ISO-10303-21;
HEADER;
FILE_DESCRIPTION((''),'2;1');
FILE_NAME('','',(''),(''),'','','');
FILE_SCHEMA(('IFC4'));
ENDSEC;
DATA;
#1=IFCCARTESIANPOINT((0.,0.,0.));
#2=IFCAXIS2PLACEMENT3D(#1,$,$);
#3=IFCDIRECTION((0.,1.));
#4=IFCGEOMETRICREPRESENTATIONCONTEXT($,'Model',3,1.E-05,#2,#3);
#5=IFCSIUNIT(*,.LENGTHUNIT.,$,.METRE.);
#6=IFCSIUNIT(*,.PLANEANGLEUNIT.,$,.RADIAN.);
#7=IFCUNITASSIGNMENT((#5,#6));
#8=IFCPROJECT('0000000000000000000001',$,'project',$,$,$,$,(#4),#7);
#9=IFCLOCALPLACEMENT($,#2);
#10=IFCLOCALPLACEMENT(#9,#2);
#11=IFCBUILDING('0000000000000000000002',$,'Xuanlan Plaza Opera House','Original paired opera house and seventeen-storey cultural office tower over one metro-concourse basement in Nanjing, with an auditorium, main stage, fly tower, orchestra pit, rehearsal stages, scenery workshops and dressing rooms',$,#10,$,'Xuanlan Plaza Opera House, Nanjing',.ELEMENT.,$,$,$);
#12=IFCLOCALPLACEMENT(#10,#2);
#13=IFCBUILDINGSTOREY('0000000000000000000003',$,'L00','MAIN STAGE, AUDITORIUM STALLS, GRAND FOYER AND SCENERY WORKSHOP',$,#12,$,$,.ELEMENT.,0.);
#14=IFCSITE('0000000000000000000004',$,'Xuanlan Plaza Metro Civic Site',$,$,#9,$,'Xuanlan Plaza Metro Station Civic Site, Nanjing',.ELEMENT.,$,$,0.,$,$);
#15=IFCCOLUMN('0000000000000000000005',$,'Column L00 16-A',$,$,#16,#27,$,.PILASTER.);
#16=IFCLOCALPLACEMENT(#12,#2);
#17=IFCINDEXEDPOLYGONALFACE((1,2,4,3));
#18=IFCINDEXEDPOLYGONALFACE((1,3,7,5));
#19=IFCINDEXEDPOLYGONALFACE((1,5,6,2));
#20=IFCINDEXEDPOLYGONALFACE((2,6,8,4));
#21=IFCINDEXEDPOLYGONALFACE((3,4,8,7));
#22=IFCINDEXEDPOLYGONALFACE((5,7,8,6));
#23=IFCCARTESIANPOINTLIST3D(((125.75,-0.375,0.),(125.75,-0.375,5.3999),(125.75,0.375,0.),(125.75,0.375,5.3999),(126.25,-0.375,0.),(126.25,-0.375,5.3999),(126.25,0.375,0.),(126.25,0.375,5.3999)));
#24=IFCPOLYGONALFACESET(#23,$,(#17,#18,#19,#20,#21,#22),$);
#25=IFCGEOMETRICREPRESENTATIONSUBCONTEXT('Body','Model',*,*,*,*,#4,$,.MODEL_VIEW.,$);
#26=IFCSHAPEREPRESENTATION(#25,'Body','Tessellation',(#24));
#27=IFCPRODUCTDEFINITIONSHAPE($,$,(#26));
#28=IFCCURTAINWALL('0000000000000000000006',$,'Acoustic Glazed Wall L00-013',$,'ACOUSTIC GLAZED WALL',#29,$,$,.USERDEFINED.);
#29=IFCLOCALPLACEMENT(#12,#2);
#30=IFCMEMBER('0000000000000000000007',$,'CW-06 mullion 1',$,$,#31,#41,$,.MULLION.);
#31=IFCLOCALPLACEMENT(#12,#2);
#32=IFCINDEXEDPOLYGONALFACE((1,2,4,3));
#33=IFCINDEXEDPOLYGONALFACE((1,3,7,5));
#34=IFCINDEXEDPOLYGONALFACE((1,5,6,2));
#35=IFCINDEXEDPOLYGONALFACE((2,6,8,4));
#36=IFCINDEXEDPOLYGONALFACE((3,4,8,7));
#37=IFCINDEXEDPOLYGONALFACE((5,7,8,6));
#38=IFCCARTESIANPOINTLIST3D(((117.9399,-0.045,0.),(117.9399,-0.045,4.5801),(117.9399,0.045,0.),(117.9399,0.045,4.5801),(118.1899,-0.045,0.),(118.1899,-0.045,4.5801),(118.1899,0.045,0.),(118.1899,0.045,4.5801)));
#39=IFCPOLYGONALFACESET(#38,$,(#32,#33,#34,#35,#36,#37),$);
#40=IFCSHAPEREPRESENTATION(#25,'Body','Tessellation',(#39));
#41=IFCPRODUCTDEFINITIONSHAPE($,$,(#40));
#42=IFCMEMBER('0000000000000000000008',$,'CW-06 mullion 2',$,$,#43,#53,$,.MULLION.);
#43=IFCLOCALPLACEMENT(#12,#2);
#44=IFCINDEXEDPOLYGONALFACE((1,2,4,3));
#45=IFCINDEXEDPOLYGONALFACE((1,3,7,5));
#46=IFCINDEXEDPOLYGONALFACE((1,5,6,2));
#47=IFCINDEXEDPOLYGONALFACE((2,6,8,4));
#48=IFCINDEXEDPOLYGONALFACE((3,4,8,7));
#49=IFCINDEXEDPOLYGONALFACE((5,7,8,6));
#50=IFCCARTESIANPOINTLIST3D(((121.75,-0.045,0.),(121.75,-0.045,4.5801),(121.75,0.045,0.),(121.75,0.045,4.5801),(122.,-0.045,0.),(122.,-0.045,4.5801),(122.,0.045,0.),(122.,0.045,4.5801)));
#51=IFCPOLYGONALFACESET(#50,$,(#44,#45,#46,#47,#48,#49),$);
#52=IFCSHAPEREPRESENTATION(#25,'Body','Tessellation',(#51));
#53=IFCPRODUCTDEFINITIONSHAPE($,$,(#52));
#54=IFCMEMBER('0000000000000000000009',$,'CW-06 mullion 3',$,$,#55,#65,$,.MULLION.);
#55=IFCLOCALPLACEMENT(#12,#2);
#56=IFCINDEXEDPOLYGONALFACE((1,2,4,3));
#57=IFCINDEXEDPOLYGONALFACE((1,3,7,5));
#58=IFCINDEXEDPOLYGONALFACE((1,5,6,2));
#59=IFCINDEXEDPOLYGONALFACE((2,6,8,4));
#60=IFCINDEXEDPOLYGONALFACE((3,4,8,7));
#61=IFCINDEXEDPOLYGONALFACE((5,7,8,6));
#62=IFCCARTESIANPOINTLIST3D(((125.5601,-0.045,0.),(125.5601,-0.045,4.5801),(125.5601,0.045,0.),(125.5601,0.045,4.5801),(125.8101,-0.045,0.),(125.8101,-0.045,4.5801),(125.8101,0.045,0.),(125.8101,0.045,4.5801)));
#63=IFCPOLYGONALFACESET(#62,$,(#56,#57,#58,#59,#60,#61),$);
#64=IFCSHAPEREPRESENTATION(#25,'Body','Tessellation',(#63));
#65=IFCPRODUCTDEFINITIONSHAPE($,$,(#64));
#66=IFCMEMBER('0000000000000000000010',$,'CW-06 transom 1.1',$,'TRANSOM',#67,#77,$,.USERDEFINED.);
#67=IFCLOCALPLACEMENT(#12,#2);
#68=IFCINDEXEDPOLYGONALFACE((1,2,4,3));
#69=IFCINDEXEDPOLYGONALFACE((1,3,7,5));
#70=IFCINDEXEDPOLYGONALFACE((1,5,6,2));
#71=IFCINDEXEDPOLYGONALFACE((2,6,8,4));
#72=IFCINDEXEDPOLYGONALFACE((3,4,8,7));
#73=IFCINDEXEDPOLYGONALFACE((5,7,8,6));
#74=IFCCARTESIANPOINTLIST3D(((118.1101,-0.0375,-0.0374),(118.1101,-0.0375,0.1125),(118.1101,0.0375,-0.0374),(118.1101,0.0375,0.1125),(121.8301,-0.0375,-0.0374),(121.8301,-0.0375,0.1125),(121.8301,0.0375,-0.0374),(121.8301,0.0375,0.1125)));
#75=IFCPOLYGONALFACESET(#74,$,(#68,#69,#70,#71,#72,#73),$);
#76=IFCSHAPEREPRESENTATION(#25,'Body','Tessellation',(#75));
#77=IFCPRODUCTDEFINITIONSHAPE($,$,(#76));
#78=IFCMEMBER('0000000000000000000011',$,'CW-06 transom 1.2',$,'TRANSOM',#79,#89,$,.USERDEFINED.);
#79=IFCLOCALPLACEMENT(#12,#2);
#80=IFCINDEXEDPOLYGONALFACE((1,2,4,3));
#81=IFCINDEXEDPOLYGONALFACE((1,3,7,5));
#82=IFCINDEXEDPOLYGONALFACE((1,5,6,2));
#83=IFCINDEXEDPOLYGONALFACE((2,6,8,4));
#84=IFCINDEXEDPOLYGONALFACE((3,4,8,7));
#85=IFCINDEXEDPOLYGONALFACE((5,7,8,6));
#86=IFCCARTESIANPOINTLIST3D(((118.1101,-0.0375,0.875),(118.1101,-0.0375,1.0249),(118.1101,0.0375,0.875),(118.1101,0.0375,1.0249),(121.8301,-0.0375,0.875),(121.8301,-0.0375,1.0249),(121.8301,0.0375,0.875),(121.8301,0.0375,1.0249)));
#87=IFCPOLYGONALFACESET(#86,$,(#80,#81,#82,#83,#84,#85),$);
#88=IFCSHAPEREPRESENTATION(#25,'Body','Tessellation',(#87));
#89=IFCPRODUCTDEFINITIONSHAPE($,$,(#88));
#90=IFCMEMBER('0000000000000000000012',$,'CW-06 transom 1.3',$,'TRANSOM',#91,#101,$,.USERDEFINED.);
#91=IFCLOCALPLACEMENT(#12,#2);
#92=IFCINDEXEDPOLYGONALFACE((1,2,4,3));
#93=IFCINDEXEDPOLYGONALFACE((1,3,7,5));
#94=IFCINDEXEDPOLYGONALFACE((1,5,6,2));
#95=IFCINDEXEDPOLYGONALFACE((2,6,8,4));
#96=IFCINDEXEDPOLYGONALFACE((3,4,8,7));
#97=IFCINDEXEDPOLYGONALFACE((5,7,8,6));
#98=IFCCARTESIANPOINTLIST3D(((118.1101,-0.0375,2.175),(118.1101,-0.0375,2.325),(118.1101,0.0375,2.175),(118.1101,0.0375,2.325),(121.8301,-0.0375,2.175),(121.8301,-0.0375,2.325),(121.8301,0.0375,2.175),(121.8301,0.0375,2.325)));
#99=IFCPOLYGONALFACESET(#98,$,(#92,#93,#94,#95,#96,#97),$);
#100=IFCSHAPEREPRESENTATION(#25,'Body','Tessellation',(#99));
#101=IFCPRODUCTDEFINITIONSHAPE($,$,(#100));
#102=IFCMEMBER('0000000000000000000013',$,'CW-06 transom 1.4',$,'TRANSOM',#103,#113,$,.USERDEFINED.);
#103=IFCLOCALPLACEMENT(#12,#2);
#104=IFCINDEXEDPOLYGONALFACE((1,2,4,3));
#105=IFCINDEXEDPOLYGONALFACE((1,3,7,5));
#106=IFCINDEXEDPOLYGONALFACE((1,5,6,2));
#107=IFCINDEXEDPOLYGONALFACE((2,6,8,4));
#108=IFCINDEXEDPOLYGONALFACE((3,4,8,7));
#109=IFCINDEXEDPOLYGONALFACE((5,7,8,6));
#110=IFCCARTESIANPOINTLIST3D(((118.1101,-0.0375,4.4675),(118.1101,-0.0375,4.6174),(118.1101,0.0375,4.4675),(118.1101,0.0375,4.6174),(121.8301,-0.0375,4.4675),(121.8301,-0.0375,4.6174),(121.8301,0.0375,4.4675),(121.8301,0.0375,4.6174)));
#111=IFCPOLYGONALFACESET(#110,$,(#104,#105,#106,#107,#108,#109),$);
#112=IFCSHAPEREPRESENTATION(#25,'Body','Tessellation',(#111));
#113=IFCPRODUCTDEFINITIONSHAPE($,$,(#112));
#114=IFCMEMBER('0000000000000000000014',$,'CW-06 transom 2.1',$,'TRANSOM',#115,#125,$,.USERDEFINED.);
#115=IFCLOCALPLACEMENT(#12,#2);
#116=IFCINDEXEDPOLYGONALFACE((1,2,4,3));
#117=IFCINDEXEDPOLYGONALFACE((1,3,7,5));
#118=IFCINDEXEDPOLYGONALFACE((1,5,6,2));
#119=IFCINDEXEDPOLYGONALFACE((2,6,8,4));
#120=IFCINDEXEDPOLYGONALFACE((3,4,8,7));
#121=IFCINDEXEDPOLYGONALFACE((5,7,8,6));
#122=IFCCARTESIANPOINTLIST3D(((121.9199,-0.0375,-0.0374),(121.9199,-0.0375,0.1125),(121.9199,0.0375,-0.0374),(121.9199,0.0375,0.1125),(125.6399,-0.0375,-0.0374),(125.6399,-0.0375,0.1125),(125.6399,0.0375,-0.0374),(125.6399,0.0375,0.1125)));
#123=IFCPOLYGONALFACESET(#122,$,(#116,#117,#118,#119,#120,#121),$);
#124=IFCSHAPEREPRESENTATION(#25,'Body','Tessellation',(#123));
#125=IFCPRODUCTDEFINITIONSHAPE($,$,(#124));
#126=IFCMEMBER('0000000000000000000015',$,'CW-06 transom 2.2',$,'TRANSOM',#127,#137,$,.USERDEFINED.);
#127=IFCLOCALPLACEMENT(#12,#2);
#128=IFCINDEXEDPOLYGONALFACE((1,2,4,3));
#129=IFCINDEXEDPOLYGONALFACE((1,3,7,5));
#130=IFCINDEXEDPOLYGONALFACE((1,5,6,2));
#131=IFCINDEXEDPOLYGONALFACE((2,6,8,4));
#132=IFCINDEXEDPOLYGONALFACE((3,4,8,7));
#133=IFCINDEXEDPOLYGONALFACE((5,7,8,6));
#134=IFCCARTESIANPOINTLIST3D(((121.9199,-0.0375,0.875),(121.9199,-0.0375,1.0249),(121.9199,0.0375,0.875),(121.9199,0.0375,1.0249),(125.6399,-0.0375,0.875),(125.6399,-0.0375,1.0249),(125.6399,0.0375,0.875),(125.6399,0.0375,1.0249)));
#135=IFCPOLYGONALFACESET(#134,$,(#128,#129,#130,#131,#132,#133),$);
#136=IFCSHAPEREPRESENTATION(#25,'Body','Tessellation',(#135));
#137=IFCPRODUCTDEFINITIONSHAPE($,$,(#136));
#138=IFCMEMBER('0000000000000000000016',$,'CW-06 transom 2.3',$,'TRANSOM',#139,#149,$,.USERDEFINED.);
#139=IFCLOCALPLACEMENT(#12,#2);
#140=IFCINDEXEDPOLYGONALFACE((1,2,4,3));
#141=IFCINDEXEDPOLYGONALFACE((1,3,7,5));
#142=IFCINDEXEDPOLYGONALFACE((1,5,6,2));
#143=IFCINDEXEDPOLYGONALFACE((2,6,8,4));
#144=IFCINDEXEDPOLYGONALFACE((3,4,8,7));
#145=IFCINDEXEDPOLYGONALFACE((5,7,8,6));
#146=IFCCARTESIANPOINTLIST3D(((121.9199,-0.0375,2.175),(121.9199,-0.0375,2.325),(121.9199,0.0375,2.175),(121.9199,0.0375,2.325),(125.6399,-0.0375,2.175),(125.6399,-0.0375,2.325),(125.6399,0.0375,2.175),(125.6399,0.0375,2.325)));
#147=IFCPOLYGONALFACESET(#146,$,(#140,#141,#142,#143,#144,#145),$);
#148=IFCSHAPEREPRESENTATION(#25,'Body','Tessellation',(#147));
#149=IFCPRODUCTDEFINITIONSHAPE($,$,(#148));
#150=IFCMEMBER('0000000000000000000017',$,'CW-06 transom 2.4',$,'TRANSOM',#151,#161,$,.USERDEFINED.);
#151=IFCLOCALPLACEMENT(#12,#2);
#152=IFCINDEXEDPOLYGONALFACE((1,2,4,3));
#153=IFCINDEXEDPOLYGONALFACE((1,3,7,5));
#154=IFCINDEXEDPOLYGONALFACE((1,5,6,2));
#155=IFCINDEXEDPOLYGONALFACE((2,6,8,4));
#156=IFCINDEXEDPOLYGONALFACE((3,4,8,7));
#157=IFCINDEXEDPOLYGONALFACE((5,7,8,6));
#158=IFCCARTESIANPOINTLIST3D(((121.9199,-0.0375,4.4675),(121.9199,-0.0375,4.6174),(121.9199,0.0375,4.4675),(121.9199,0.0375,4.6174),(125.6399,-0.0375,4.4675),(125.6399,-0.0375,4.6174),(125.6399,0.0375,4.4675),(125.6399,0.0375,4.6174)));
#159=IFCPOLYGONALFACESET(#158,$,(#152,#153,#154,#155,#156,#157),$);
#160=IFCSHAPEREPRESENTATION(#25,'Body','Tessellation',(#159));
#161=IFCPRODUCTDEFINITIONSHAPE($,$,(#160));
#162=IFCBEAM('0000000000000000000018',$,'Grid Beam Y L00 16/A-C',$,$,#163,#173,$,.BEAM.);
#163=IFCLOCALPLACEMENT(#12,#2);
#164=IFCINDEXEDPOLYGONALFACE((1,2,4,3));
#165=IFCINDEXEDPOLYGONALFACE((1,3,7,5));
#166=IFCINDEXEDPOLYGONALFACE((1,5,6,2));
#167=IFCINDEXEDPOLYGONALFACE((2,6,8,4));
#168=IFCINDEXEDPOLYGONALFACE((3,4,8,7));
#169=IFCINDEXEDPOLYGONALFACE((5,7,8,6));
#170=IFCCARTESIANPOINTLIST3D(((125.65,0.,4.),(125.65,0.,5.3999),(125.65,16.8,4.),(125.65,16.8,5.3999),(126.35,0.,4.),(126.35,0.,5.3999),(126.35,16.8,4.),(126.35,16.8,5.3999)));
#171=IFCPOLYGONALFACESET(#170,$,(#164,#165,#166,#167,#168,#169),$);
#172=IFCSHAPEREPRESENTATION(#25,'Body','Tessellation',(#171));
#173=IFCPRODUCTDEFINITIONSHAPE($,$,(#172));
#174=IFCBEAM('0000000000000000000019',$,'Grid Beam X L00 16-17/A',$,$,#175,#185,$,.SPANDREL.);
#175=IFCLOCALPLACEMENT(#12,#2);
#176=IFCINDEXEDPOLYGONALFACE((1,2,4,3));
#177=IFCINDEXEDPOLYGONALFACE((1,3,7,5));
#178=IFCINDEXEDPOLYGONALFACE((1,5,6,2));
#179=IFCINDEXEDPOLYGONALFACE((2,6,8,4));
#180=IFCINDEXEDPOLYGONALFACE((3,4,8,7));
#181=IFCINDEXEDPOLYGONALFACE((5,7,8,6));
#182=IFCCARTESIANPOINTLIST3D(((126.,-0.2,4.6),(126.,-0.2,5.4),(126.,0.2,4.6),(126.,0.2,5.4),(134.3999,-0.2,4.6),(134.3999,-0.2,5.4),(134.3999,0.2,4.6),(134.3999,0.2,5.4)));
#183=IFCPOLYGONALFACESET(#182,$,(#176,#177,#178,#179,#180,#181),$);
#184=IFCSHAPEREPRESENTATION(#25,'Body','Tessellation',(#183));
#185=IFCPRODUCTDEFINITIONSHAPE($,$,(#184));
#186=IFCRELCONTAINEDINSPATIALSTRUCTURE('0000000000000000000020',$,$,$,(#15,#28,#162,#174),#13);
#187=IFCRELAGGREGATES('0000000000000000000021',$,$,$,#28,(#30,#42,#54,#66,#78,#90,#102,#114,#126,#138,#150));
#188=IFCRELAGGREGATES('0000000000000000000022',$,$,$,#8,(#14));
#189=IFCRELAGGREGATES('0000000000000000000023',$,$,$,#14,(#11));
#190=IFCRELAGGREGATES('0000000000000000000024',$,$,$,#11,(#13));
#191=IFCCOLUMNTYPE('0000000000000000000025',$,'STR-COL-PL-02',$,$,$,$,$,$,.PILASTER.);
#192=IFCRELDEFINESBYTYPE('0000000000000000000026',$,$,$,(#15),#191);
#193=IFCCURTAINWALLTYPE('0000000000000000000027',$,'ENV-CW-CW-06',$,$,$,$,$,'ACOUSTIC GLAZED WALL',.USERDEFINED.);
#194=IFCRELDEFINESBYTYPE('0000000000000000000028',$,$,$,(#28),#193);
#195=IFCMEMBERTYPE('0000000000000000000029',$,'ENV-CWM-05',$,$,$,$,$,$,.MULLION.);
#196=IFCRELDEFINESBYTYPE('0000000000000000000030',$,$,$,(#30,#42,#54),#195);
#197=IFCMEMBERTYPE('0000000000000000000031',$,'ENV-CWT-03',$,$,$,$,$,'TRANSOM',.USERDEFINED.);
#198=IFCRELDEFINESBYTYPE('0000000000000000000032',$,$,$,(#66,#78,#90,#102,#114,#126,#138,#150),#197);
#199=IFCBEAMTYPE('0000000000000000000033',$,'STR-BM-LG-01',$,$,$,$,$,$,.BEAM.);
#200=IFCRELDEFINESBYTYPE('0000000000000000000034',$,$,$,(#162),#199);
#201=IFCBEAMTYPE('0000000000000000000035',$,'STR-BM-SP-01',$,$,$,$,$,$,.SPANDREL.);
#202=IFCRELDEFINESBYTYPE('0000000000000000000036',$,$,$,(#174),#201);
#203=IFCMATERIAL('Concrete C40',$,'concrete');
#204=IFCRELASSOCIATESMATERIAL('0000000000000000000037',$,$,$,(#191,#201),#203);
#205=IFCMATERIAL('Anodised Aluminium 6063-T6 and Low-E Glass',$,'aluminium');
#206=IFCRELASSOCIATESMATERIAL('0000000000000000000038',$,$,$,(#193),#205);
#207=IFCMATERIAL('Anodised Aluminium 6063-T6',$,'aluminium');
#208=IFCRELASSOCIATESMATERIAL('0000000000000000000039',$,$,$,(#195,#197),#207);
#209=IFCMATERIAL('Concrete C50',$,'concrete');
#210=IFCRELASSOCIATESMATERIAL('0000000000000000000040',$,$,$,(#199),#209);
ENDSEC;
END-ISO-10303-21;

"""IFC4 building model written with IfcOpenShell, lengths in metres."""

from ifc_helpers import new_model, si_unit, direction, frame, origin, origin_2d, place, context, subcontext, project, spatial, rectangle, extrude, material, material_profile, profile_set, type_object, element, aggregate, save


model = new_model("IFC4")

# Units and contexts
model_context = context("Model", 3, precision=1e-05, world=origin(), true_north=direction((0.0, 1.0)))
body_context = subcontext(model_context, "Body", "Model", "MODEL_VIEW")
ifc_project = project(units=[si_unit("LENGTHUNIT", "METRE"), si_unit("PLANEANGLEUNIT", "RADIAN")], contexts=[model_context])

# Site, building, storey
site_placement = place(None, origin())
site = spatial("IfcSite", under=ifc_project, at=site_placement, Name="Xuanlan Plaza Metro Civic Site", LongName="Xuanlan Plaza Metro Station Civic Site, Nanjing", CompositionType="ELEMENT", RefElevation=0.0)
building_placement = place(site_placement, origin())
building = spatial("IfcBuilding", under=site, at=building_placement, Name="Xuanlan Plaza Opera House", Description="Original paired opera house and seventeen-storey cultural office tower over one metro-concourse basement in Nanjing, with an auditorium, main stage, fly tower, orchestra pit, rehearsal stages, scenery workshops and dressing rooms", LongName="Xuanlan Plaza Opera House, Nanjing", CompositionType="ELEMENT")
storey_placement = place(building_placement, origin())
storey = spatial("IfcBuildingStorey", under=building, at=storey_placement, Name="L00", Description="MAIN STAGE, AUDITORIUM STALLS, GRAND FOYER AND SCENERY WORKSHOP", CompositionType="ELEMENT", Elevation=0.0)

# Column
ifc_material_1 = material(Name="Concrete C40", Category="concrete")
ifc_material_profile_1 = material_profile(ifc_material_1, rectangle(XDim=0.5, YDim=0.75, at=origin_2d()), Name="RC-PIL 500x750")
ifc_profile_set_1 = profile_set([ifc_material_profile_1], Name="Concrete C40")
column_type = type_object("IfcColumnType", Name="STR-COL-PL-02", PredefinedType="PILASTER", material=ifc_profile_set_1)
column_placement = place(storey_placement, frame((126.0, 0.0, 0.0), z_axis=(0.0, 0.0, 1.0), x_axis=(1.0, 0.0, 0.0)))
element("IfcColumn", 1, at=column_placement, inside=storey, type_object=column_type, Name="Column L00 16-A", PredefinedType="PILASTER", context=body_context, shape_type="SweptSolid", body=[
    extrude(rectangle(XDim=0.5, YDim=0.75, at=origin_2d()), origin(), (0.0, 0.0, 1.0), 5.3999),
])

# Curtain wall, members
ifc_material_2 = material(Name="Anodised Aluminium 6063-T6 and Low-E Glass", Category="aluminium")
curtain_wall_type = type_object("IfcCurtainWallType", Name="ENV-CW-CW-06", ElementType="ACOUSTIC GLAZED WALL", PredefinedType="USERDEFINED", material=ifc_material_2)
curtain_wall_placement = place(storey_placement, origin())
curtain_wall = element("IfcCurtainWall", 2, at=curtain_wall_placement, inside=storey, type_object=curtain_wall_type, Name="Acoustic Glazed Wall L00-013", ObjectType="ACOUSTIC GLAZED WALL", PredefinedType="USERDEFINED")
ifc_material_3 = material(Name="Anodised Aluminium 6063-T6", Category="aluminium")
ifc_material_profile_2 = material_profile(ifc_material_3, rectangle(XDim=0.0901, YDim=0.25, at=origin_2d()), Name="ALU-M 90x250")
ifc_profile_set_2 = profile_set([ifc_material_profile_2], Name="Anodised Aluminium 6063-T6")
member_type_1 = type_object("IfcMemberType", Name="ENV-CWM-05", PredefinedType="MULLION", material=ifc_profile_set_2)
member_1_placement = place(storey_placement, frame((118.0649, 0.0, 0.0), z_axis=(0.0, 0.0, 1.0), x_axis=(0.0, 1.0, 0.0)))
member_1 = element("IfcMember", 3, at=member_1_placement, type_object=member_type_1, Name="CW-06 mullion 1", PredefinedType="MULLION", context=body_context, shape_type="SweptSolid", body=[
    extrude(rectangle(XDim=0.0901, YDim=0.25, at=origin_2d()), origin(), (0.0, 0.0, 1.0), 4.5801),
])
member_2_placement = place(storey_placement, frame((121.875, 0.0, 0.0), z_axis=(0.0, 0.0, 1.0), x_axis=(0.0, 1.0, 0.0)))
member_2 = element("IfcMember", 4, at=member_2_placement, type_object=member_type_1, Name="CW-06 mullion 2", PredefinedType="MULLION", context=body_context, shape_type="SweptSolid", body=[
    extrude(rectangle(XDim=0.0901, YDim=0.25, at=origin_2d()), origin(), (0.0, 0.0, 1.0), 4.5801),
])
member_3_placement = place(storey_placement, frame((125.6851, 0.0, 0.0), z_axis=(0.0, 0.0, 1.0), x_axis=(0.0, 1.0, 0.0)))
member_3 = element("IfcMember", 5, at=member_3_placement, type_object=member_type_1, Name="CW-06 mullion 3", PredefinedType="MULLION", context=body_context, shape_type="SweptSolid", body=[
    extrude(rectangle(XDim=0.0901, YDim=0.25, at=origin_2d()), origin(), (0.0, 0.0, 1.0), 4.5801),
])
ifc_material_profile_3 = material_profile(ifc_material_3, rectangle(XDim=0.075, YDim=0.1499, at=origin_2d()), Name="ALU-T 75x150")
ifc_profile_set_3 = profile_set([ifc_material_profile_3], Name="Anodised Aluminium 6063-T6")
member_type_2 = type_object("IfcMemberType", Name="ENV-CWT-03", ElementType="TRANSOM", PredefinedType="USERDEFINED", material=ifc_profile_set_3)
member_4_placement = place(storey_placement, frame((118.1101, 0.0, 0.0376), z_axis=(1.0, 0.0, 0.0), x_axis=(0.0, 1.0, 0.0)))
member_4 = element("IfcMember", 6, at=member_4_placement, type_object=member_type_2, Name="CW-06 transom 1.1", ObjectType="TRANSOM", PredefinedType="USERDEFINED", context=body_context, shape_type="SweptSolid", body=[
    extrude(rectangle(XDim=0.075, YDim=0.1499, at=origin_2d()), origin(), (0.0, 0.0, 1.0), 3.72),
])
member_5_placement = place(storey_placement, frame((118.1101, 0.0, 0.95), z_axis=(1.0, 0.0, 0.0), x_axis=(0.0, 1.0, 0.0)))
member_5 = element("IfcMember", 7, at=member_5_placement, type_object=member_type_2, Name="CW-06 transom 1.2", ObjectType="TRANSOM", PredefinedType="USERDEFINED", context=body_context, shape_type="SweptSolid", body=[
    extrude(rectangle(XDim=0.075, YDim=0.1499, at=origin_2d()), origin(), (0.0, 0.0, 1.0), 3.72),
])
member_6_placement = place(storey_placement, frame((118.1101, 0.0, 2.25), z_axis=(1.0, 0.0, 0.0), x_axis=(0.0, 1.0, 0.0)))
member_6 = element("IfcMember", 8, at=member_6_placement, type_object=member_type_2, Name="CW-06 transom 1.3", ObjectType="TRANSOM", PredefinedType="USERDEFINED", context=body_context, shape_type="SweptSolid", body=[
    extrude(rectangle(XDim=0.075, YDim=0.1499, at=origin_2d()), origin(), (0.0, 0.0, 1.0), 3.72),
])
member_7_placement = place(storey_placement, frame((118.1101, 0.0, 4.5425), z_axis=(1.0, 0.0, 0.0), x_axis=(0.0, 1.0, 0.0)))
member_7 = element("IfcMember", 9, at=member_7_placement, type_object=member_type_2, Name="CW-06 transom 1.4", ObjectType="TRANSOM", PredefinedType="USERDEFINED", context=body_context, shape_type="SweptSolid", body=[
    extrude(rectangle(XDim=0.075, YDim=0.1499, at=origin_2d()), origin(), (0.0, 0.0, 1.0), 3.72),
])
member_8_placement = place(storey_placement, frame((121.9199, 0.0, 0.0376), z_axis=(1.0, 0.0, 0.0), x_axis=(0.0, 1.0, 0.0)))
member_8 = element("IfcMember", 10, at=member_8_placement, type_object=member_type_2, Name="CW-06 transom 2.1", ObjectType="TRANSOM", PredefinedType="USERDEFINED", context=body_context, shape_type="SweptSolid", body=[
    extrude(rectangle(XDim=0.075, YDim=0.1499, at=origin_2d()), origin(), (0.0, 0.0, 1.0), 3.72),
])
member_9_placement = place(storey_placement, frame((121.9199, 0.0, 0.95), z_axis=(1.0, 0.0, 0.0), x_axis=(0.0, 1.0, 0.0)))
member_9 = element("IfcMember", 11, at=member_9_placement, type_object=member_type_2, Name="CW-06 transom 2.2", ObjectType="TRANSOM", PredefinedType="USERDEFINED", context=body_context, shape_type="SweptSolid", body=[
    extrude(rectangle(XDim=0.075, YDim=0.1499, at=origin_2d()), origin(), (0.0, 0.0, 1.0), 3.72),
])
member_10_placement = place(storey_placement, frame((121.9199, 0.0, 2.25), z_axis=(1.0, 0.0, 0.0), x_axis=(0.0, 1.0, 0.0)))
member_10 = element("IfcMember", 12, at=member_10_placement, type_object=member_type_2, Name="CW-06 transom 2.3", ObjectType="TRANSOM", PredefinedType="USERDEFINED", context=body_context, shape_type="SweptSolid", body=[
    extrude(rectangle(XDim=0.075, YDim=0.1499, at=origin_2d()), origin(), (0.0, 0.0, 1.0), 3.72),
])
member_11_placement = place(storey_placement, frame((121.9199, 0.0, 4.5425), z_axis=(1.0, 0.0, 0.0), x_axis=(0.0, 1.0, 0.0)))
member_11 = element("IfcMember", 13, at=member_11_placement, type_object=member_type_2, Name="CW-06 transom 2.4", ObjectType="TRANSOM", PredefinedType="USERDEFINED", context=body_context, shape_type="SweptSolid", body=[
    extrude(rectangle(XDim=0.075, YDim=0.1499, at=origin_2d()), origin(), (0.0, 0.0, 1.0), 3.72),
])

# Beams
ifc_material_4 = material(Name="Concrete C50", Category="concrete")
ifc_material_profile_4 = material_profile(ifc_material_4, rectangle(XDim=0.7, YDim=1.3999, at=origin_2d()), Name="RC-LG 700x1400")
ifc_profile_set_4 = profile_set([ifc_material_profile_4], Name="Concrete C50")
beam_type_1 = type_object("IfcBeamType", Name="STR-BM-LG-01", PredefinedType="BEAM", material=ifc_profile_set_4)
beam_1_placement = place(storey_placement, frame((126.0, 0.0, 4.7), z_axis=(0.0, 1.0, 0.0), x_axis=(-1.0, 0.0, 0.0)))
element("IfcBeam", 14, at=beam_1_placement, inside=storey, type_object=beam_type_1, Name="Grid Beam Y L00 16/A-C", PredefinedType="BEAM", context=body_context, shape_type="SweptSolid", body=[
    extrude(rectangle(XDim=0.7, YDim=1.3999, at=origin_2d()), origin(), (0.0, 0.0, 1.0), 16.8),
])
ifc_material_profile_5 = material_profile(ifc_material_1, rectangle(XDim=0.3999, YDim=0.8, at=origin_2d()), Name="RC-SPD 400x800")
ifc_profile_set_5 = profile_set([ifc_material_profile_5], Name="Concrete C40")
beam_type_2 = type_object("IfcBeamType", Name="STR-BM-SP-01", PredefinedType="SPANDREL", material=ifc_profile_set_5)
beam_2_placement = place(storey_placement, frame((126.0, 0.0, 5.0), z_axis=(1.0, 0.0, 0.0), x_axis=(0.0, 1.0, 0.0)))
element("IfcBeam", 15, at=beam_2_placement, inside=storey, type_object=beam_type_2, Name="Grid Beam X L00 16-17/A", PredefinedType="SPANDREL", context=body_context, shape_type="SweptSolid", body=[
    extrude(rectangle(XDim=0.3999, YDim=0.8, at=origin_2d()), origin(), (0.0, 0.0, 1.0), 8.3999),
])

aggregate(curtain_wall, [member_1, member_2, member_3, member_4, member_5, member_6, member_7, member_8, member_9, member_10, member_11])

save(model, "model.ifc")
